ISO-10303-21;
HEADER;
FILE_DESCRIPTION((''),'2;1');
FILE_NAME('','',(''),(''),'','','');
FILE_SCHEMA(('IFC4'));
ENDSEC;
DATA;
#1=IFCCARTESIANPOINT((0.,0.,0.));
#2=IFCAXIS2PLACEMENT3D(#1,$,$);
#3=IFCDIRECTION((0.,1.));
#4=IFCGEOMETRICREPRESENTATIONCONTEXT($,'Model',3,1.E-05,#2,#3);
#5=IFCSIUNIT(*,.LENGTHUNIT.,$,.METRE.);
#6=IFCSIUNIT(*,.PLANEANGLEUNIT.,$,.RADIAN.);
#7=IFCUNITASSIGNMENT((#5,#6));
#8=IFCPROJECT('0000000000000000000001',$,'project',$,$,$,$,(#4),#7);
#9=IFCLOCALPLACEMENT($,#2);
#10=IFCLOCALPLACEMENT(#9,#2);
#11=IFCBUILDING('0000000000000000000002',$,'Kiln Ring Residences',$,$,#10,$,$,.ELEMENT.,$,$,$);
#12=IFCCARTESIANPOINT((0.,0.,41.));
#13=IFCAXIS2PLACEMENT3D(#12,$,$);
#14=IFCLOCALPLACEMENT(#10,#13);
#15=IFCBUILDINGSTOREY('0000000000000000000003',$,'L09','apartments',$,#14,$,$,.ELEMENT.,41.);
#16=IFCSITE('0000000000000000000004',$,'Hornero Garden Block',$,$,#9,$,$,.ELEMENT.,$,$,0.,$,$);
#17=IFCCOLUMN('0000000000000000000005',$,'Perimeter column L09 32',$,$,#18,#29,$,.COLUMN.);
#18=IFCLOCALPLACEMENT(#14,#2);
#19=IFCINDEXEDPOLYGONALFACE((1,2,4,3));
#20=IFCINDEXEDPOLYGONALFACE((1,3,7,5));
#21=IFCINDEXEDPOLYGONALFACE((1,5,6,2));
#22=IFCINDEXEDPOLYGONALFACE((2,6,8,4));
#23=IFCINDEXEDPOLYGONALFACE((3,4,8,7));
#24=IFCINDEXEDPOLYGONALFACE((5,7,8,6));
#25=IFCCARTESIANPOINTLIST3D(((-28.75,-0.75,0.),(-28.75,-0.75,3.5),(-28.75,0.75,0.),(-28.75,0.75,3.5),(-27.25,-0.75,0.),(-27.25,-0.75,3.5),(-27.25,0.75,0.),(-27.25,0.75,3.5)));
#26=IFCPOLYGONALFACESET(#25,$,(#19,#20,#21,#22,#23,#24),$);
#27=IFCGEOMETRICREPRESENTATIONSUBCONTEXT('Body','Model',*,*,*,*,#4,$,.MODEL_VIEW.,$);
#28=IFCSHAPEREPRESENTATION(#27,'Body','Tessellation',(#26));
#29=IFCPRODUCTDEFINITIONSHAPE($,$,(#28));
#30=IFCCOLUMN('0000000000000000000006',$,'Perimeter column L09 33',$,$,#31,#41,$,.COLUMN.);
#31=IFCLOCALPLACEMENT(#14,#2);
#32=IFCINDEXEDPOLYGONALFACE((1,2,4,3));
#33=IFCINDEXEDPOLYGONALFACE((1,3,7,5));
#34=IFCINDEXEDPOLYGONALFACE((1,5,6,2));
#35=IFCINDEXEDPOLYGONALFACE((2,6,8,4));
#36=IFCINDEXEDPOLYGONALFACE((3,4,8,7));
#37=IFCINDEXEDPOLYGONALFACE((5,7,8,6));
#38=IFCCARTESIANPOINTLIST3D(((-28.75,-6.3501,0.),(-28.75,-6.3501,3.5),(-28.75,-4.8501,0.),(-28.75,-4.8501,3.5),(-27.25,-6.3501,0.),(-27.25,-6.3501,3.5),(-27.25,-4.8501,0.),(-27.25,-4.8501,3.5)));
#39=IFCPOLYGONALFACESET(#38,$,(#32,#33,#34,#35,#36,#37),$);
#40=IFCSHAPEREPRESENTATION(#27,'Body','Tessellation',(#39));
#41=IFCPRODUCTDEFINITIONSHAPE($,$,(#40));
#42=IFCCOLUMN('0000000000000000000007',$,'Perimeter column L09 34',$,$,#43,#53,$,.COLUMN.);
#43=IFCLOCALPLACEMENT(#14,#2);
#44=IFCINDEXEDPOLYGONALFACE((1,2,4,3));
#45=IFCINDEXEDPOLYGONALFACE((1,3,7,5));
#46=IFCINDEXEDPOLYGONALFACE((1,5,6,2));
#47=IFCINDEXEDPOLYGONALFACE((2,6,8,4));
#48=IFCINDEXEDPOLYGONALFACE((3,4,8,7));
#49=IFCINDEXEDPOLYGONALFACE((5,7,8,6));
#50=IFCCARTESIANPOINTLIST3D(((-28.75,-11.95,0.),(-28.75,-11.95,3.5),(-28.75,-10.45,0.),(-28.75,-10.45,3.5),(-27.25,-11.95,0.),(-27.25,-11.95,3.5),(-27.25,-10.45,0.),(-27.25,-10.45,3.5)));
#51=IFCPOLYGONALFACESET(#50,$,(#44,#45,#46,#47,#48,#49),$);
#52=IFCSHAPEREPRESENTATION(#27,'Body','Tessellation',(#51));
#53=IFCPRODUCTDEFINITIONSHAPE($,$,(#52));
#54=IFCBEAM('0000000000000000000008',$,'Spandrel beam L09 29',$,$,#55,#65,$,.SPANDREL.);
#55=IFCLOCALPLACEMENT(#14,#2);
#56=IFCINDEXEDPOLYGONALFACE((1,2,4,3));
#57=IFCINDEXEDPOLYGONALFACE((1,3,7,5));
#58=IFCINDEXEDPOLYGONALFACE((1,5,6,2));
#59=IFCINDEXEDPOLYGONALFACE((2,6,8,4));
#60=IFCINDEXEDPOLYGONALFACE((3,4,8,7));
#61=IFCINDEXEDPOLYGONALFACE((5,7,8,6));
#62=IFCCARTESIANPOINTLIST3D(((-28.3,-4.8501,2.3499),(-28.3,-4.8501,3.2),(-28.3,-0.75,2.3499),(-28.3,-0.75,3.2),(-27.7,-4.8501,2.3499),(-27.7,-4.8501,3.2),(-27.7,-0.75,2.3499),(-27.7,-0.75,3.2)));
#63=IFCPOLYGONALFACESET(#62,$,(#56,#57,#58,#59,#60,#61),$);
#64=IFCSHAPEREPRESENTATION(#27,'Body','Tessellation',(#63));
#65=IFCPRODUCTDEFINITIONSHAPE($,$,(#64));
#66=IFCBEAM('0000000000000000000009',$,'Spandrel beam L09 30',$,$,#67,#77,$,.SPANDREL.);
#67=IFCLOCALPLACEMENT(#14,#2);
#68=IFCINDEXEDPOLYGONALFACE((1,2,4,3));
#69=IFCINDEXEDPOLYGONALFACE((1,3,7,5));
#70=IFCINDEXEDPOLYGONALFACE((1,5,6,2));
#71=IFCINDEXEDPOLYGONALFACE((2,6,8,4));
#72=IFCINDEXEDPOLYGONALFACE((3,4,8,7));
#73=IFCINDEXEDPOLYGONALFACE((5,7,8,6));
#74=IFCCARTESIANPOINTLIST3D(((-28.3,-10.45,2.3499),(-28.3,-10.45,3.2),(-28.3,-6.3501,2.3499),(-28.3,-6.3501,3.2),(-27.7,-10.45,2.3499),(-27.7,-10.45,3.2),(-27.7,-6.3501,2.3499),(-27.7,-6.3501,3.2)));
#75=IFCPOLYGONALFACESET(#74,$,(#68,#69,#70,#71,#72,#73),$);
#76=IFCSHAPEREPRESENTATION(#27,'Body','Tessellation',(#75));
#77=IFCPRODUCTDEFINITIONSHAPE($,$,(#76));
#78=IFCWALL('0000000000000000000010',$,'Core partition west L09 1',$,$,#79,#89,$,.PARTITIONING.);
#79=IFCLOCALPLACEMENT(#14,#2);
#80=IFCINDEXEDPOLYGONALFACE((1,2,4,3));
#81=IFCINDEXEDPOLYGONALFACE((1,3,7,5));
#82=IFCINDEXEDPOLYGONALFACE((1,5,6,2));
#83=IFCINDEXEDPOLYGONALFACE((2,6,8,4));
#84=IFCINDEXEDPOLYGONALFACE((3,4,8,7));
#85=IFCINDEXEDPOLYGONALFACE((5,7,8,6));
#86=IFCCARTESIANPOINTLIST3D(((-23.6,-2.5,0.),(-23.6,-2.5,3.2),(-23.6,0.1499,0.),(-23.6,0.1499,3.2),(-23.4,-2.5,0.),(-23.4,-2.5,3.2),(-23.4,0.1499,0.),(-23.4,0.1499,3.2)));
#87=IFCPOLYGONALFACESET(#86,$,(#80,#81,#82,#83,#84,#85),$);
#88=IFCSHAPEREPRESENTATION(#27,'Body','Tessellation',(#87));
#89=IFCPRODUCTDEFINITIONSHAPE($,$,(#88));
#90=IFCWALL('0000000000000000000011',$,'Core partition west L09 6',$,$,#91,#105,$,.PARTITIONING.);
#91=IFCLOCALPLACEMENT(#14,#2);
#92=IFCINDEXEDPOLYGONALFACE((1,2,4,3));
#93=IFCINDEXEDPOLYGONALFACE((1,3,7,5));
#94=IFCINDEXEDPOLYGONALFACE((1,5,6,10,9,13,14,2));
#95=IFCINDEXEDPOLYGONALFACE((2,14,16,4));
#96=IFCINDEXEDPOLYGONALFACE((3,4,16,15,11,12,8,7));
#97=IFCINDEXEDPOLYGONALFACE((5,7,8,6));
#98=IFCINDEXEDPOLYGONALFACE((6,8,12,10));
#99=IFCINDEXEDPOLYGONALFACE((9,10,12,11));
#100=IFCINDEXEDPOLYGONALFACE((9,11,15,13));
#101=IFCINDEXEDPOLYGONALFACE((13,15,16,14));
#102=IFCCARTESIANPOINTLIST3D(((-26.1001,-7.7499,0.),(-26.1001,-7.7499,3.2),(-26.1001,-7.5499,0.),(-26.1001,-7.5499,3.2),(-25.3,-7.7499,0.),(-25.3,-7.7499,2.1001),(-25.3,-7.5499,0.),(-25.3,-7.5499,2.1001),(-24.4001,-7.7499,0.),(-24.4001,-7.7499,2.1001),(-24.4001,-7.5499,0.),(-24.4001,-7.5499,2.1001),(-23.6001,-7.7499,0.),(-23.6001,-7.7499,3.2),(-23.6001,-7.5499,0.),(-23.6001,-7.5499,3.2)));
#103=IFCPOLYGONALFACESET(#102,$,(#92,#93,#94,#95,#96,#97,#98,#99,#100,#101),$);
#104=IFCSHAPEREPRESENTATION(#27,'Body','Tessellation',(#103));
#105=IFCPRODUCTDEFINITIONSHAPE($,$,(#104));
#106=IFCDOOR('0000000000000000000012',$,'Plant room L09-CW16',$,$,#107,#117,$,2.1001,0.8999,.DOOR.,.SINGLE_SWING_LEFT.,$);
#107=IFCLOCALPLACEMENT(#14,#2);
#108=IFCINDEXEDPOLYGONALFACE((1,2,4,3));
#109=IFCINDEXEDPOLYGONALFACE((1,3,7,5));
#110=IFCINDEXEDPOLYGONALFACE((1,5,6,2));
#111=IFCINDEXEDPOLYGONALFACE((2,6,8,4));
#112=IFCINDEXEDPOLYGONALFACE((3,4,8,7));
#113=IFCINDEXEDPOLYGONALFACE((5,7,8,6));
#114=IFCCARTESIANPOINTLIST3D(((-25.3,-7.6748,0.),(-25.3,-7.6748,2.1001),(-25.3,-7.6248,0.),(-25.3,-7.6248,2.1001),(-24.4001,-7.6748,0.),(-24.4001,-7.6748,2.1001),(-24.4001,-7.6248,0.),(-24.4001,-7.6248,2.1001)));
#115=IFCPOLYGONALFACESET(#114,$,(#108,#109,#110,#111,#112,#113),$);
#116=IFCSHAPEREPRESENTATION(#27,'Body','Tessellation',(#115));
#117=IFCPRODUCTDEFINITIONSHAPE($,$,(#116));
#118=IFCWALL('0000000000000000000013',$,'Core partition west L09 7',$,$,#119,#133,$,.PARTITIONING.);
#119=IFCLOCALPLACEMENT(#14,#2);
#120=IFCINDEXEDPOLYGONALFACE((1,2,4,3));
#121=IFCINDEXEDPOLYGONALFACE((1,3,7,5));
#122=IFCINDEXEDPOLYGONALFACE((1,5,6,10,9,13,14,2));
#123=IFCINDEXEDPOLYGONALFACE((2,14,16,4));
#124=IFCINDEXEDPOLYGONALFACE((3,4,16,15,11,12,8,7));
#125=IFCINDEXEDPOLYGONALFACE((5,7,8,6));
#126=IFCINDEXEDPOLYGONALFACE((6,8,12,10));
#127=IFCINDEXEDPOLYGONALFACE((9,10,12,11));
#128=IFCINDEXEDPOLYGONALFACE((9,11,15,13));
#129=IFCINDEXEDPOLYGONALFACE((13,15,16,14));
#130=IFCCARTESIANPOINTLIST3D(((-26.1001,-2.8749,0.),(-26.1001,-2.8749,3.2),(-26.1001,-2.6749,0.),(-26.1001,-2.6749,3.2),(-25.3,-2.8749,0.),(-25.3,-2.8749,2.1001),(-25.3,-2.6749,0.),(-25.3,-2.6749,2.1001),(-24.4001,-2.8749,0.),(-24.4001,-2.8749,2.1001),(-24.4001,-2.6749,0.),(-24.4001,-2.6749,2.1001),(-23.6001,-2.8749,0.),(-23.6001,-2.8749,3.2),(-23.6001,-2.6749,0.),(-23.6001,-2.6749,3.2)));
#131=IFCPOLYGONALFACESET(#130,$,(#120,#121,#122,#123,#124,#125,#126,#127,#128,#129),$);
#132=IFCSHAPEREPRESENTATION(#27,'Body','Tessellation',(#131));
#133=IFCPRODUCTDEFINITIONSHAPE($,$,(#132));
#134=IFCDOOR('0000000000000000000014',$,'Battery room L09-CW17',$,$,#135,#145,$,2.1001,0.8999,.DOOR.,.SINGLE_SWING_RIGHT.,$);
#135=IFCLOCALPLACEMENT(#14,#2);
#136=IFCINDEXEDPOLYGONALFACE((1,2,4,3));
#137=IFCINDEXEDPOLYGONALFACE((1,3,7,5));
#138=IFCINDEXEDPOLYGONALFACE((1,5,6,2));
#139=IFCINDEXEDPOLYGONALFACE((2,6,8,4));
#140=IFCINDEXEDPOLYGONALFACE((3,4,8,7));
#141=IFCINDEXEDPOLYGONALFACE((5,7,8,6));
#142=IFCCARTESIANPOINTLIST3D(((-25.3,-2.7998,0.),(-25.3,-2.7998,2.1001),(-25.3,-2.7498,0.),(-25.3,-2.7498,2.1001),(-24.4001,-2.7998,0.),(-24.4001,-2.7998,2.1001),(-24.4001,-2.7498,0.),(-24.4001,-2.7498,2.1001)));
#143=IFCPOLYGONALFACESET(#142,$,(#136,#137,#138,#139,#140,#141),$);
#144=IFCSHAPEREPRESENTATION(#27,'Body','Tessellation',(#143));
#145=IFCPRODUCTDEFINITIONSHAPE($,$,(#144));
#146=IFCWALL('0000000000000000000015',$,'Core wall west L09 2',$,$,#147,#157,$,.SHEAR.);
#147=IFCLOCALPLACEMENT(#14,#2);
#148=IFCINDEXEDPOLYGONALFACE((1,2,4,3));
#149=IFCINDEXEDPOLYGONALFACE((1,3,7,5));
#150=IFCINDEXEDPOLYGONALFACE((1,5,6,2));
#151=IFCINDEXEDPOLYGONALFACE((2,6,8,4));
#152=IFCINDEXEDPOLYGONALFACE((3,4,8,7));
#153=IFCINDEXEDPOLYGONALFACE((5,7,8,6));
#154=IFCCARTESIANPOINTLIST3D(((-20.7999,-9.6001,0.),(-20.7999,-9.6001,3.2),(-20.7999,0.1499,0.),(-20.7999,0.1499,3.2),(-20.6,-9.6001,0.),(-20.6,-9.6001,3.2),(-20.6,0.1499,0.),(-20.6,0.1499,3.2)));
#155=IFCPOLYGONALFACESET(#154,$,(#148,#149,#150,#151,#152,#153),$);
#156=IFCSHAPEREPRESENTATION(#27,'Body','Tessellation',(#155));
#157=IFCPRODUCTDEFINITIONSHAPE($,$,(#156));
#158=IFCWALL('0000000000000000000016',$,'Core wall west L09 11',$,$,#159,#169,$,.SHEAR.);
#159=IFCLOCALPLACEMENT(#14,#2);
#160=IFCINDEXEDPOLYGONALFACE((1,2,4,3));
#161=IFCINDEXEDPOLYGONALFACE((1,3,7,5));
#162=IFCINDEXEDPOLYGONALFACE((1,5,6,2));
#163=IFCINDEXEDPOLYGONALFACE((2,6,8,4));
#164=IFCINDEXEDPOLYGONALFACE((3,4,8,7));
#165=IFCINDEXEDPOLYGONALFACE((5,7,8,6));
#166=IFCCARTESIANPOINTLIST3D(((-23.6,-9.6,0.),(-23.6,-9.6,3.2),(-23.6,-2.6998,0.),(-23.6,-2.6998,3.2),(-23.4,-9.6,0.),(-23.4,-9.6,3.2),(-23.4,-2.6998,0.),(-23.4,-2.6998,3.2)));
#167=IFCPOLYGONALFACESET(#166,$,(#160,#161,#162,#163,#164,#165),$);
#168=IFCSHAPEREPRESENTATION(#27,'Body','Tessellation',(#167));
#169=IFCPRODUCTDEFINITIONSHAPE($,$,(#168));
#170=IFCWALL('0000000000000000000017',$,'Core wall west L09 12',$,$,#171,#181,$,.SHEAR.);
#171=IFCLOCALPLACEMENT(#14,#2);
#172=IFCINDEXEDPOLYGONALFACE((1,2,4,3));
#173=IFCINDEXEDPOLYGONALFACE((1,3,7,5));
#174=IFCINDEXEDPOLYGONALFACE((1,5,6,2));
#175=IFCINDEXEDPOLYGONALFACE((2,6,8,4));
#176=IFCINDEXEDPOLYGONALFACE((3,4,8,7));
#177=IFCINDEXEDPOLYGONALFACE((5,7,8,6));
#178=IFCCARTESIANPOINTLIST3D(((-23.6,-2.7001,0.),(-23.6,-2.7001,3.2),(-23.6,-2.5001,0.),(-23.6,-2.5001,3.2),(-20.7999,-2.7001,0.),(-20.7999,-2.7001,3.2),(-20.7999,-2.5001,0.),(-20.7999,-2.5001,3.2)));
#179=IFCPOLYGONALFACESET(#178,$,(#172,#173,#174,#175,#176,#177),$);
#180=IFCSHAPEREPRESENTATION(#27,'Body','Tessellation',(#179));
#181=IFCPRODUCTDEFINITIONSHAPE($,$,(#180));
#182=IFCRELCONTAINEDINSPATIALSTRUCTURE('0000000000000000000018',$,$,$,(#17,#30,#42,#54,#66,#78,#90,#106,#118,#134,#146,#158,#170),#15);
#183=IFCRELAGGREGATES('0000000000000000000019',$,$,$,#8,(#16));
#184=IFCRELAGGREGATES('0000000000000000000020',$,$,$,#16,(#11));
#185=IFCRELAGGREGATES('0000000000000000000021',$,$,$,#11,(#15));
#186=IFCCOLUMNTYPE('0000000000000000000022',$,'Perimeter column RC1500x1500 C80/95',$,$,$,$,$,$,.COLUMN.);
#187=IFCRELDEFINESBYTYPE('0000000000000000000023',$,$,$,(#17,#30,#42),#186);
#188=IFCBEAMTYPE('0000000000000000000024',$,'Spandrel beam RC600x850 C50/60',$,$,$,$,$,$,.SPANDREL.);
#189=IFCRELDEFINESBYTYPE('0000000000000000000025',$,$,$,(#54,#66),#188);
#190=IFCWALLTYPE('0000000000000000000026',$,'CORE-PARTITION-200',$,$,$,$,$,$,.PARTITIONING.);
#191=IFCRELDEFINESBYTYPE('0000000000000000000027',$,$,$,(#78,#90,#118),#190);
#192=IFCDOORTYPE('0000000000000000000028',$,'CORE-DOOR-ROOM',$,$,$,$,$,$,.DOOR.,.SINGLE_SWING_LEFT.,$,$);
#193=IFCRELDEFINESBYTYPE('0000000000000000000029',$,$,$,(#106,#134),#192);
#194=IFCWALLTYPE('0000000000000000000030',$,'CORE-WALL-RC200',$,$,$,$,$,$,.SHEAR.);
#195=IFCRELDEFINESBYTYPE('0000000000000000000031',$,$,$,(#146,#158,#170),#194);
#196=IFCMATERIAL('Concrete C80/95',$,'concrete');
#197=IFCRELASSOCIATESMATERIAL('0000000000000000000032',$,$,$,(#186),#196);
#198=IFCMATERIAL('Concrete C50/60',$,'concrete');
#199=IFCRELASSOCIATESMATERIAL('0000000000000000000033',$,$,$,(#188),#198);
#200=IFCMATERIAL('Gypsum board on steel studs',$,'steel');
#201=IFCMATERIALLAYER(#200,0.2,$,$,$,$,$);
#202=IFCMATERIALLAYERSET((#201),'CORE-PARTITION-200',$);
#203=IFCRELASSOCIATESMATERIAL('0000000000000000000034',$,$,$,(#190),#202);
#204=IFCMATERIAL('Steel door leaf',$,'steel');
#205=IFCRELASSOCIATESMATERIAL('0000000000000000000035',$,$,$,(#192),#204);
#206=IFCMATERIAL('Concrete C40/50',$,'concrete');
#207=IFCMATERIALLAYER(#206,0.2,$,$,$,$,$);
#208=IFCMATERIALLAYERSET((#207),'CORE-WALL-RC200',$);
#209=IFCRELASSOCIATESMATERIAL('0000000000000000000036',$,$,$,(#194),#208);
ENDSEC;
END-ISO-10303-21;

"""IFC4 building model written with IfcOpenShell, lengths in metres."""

from ifc_helpers import new_model, si_unit, direction, frame, frame_2d, origin, origin_2d, place, context, subcontext, project, spatial, rectangle, extrude, material, layer, layer_set, material_profile, profile_set, type_object, element, fill, save


model = new_model("IFC4")

# Units and contexts
model_context = context("Model", 3, precision=1e-05, world=origin(), true_north=direction((0.0, 1.0)))
body_context = subcontext(model_context, "Body", "Model", "MODEL_VIEW")
ifc_project = project(units=[si_unit("LENGTHUNIT", "METRE"), si_unit("PLANEANGLEUNIT", "RADIAN")], contexts=[model_context])

# Site, building, storey
site_placement = place(None, origin())
site = spatial("IfcSite", under=ifc_project, at=site_placement, Name="Hornero Garden Block", CompositionType="ELEMENT", RefElevation=0.0)
building_placement = place(site_placement, origin())
building = spatial("IfcBuilding", under=site, at=building_placement, Name="Kiln Ring Residences", CompositionType="ELEMENT")
storey_placement = place(building_placement, frame((0.0, 0.0, 41.0)))
storey = spatial("IfcBuildingStorey", under=building, at=storey_placement, Name="L09", Description="apartments", CompositionType="ELEMENT", Elevation=41.0)

# Columns
ifc_material_1 = material(Name="Concrete C80/95", Category="concrete")
ifc_material_profile_1 = material_profile(ifc_material_1, rectangle(XDim=1.5, YDim=1.5, at=origin_2d()), Name="RC1500x1500")
ifc_profile_set_1 = profile_set([ifc_material_profile_1], Name="Concrete C80/95")
column_type = type_object("IfcColumnType", Name="Perimeter column RC1500x1500 C80/95", PredefinedType="COLUMN", material=ifc_profile_set_1)
for number, where, z_axis, x_axis, name in (
    (1, (-28.0, 0.0, 0.0), (0.0, 0.0, 1.0), (1.0, 0.0, 0.0), "Perimeter column L09 32"),
    (2, (-28.0, -5.6001, 0.0), (0.0, 0.0, 1.0), (1.0, 0.0, 0.0), "Perimeter column L09 33"),
    (3, (-28.0, -11.2, 0.0), (0.0, 0.0, 1.0), (1.0, 0.0, 0.0), "Perimeter column L09 34"),
):
    element("IfcColumn", number, at=place(storey_placement, frame(where, z_axis=z_axis, x_axis=x_axis)), inside=storey, type_object=column_type, Name=name, PredefinedType="COLUMN", context=body_context, shape_type="SweptSolid", body=[
        extrude(rectangle(XDim=1.5, YDim=1.5, at=origin_2d()), origin(), (0.0, 0.0, 1.0), 3.5),
    ])

# Beams
ifc_material_2 = material(Name="Concrete C50/60", Category="concrete")
ifc_material_profile_2 = material_profile(ifc_material_2, rectangle(XDim=0.6001, YDim=0.8501, at=origin_2d()), Name="RC600x850")
ifc_profile_set_2 = profile_set([ifc_material_profile_2], Name="Concrete C50/60")
beam_type = type_object("IfcBeamType", Name="Spandrel beam RC600x850 C50/60", PredefinedType="SPANDREL", material=ifc_profile_set_2)
beam_1_placement = place(storey_placement, frame((-28.0, -0.75, 2.7749), z_axis=(0.0, -1.0, 0.0), x_axis=(1.0, 0.0, 0.0)))
element("IfcBeam", 4, at=beam_1_placement, inside=storey, type_object=beam_type, Name="Spandrel beam L09 29", PredefinedType="SPANDREL", context=body_context, shape_type="SweptSolid", body=[
    extrude(rectangle(XDim=0.6001, YDim=0.8501, at=origin_2d()), origin(), (0.0, 0.0, 1.0), 4.1001),
])
beam_2_placement = place(storey_placement, frame((-28.0, -6.3501, 2.7749), z_axis=(0.0, -1.0, 0.0), x_axis=(1.0, 0.0, 0.0)))
element("IfcBeam", 5, at=beam_2_placement, inside=storey, type_object=beam_type, Name="Spandrel beam L09 30", PredefinedType="SPANDREL", context=body_context, shape_type="SweptSolid", body=[
    extrude(rectangle(XDim=0.6001, YDim=0.8501, at=origin_2d()), origin(), (0.0, 0.0, 1.0), 4.0999),
])

# Wall
ifc_material_3 = material(Name="Gypsum board on steel studs", Category="steel")
ifc_layer_1 = layer(ifc_material_3, 0.2)
ifc_layer_set_1 = layer_set([ifc_layer_1], Name="CORE-PARTITION-200")
wall_type_1 = type_object("IfcWallType", Name="CORE-PARTITION-200", PredefinedType="PARTITIONING", material=ifc_layer_set_1)
wall_1_placement = place(storey_placement, frame((-23.5, -2.5, 0.0), z_axis=(0.0, 0.0, 1.0), x_axis=(0.0, 1.0, 0.0)))
element("IfcWall", 6, at=wall_1_placement, inside=storey, type_object=wall_type_1, Name="Core partition west L09 1", PredefinedType="PARTITIONING", context=body_context, shape_type="SweptSolid", body=[
    extrude(rectangle(XDim=2.6499, YDim=0.2, at=frame_2d((1.325, 0.0))), origin(), (0.0, 0.0, 1.0), 3.2),
])

# Walls, openings, doors
wall_2_placement = place(storey_placement, frame((-23.6001, -7.6499, 0.0), z_axis=(0.0, 0.0, 1.0), x_axis=(-1.0, 0.0, 0.0)))
wall_2 = element("IfcWall", 7, at=wall_2_placement, inside=storey, type_object=wall_type_1, Name="Core partition west L09 6", PredefinedType="PARTITIONING", context=body_context, shape_type="SweptSolid", body=[
    extrude(rectangle(XDim=2.5, YDim=0.2, at=frame_2d((1.25, 0.0))), origin(), (0.0, 0.0, 1.0), 3.2),
])
opening_1_placement = place(wall_2_placement, frame((0.8, 0.0, 0.0)))
opening_1 = element("IfcOpeningElement", 8, at=opening_1_placement, cuts=wall_2, PredefinedType="OPENING", context=body_context, shape_type="SweptSolid", body=[
    extrude(rectangle(XDim=0.8999, YDim=2.1001, at=frame_2d((0.45, 1.05))), frame((0.0, 0.1099, 0.0), z_axis=(0.0, -1.0, 0.0), x_axis=(1.0, 0.0, 0.0)), (0.0, 0.0, 1.0), 0.22),
])
ifc_material_4 = material(Name="Steel door leaf", Category="steel")
door_type = type_object("IfcDoorType", Name="CORE-DOOR-ROOM", OperationType="SINGLE_SWING_LEFT", PredefinedType="DOOR", material=ifc_material_4)
door_1_placement = place(opening_1_placement, origin())
door_1 = element("IfcDoor", 9, at=door_1_placement, inside=storey, type_object=door_type, Name="Plant room L09-CW16", OperationType="SINGLE_SWING_LEFT", OverallHeight=2.1001, OverallWidth=0.8999, PredefinedType="DOOR", context=body_context, shape_type="SweptSolid", body=[
    extrude(rectangle(XDim=0.8999, YDim=2.1001, at=frame_2d((0.45, 1.05))), frame((0.0, 0.0249, 0.0), z_axis=(0.0, -1.0, 0.0), x_axis=(1.0, 0.0, 0.0)), (0.0, 0.0, 1.0), 0.05),
])
fill(opening_1, door_1)
wall_3_placement = place(storey_placement, frame((-23.6001, -2.7749, 0.0), z_axis=(0.0, 0.0, 1.0), x_axis=(-1.0, 0.0, 0.0)))
wall_3 = element("IfcWall", 10, at=wall_3_placement, inside=storey, type_object=wall_type_1, Name="Core partition west L09 7", PredefinedType="PARTITIONING", context=body_context, shape_type="SweptSolid", body=[
    extrude(rectangle(XDim=2.5, YDim=0.2, at=frame_2d((1.25, 0.0))), origin(), (0.0, 0.0, 1.0), 3.2),
])
opening_2_placement = place(wall_3_placement, frame((0.8, 0.0, 0.0)))
opening_2 = element("IfcOpeningElement", 11, at=opening_2_placement, cuts=wall_3, PredefinedType="OPENING", context=body_context, shape_type="SweptSolid", body=[
    extrude(rectangle(XDim=0.8999, YDim=2.1001, at=frame_2d((0.45, 1.05))), frame((0.0, 0.1099, 0.0), z_axis=(0.0, -1.0, 0.0), x_axis=(1.0, 0.0, 0.0)), (0.0, 0.0, 1.0), 0.22),
])
door_2_placement = place(opening_2_placement, origin())
door_2 = element("IfcDoor", 12, at=door_2_placement, inside=storey, type_object=door_type, Name="Battery room L09-CW17", OperationType="SINGLE_SWING_RIGHT", OverallHeight=2.1001, OverallWidth=0.8999, PredefinedType="DOOR", context=body_context, shape_type="SweptSolid", body=[
    extrude(rectangle(XDim=0.8999, YDim=2.1001, at=frame_2d((0.45, 1.05))), frame((0.0, 0.0249, 0.0), z_axis=(0.0, -1.0, 0.0), x_axis=(1.0, 0.0, 0.0)), (0.0, 0.0, 1.0), 0.05),
])
fill(opening_2, door_2)

# Walls
ifc_material_5 = material(Name="Concrete C40/50", Category="concrete")
ifc_layer_2 = layer(ifc_material_5, 0.2)
ifc_layer_set_2 = layer_set([ifc_layer_2], Name="CORE-WALL-RC200")
wall_type_2 = type_object("IfcWallType", Name="CORE-WALL-RC200", PredefinedType="SHEAR", material=ifc_layer_set_2)
wall_4_placement = place(storey_placement, frame((-20.7, -9.6001, 0.0), z_axis=(0.0, 0.0, 1.0), x_axis=(0.0, 1.0, 0.0)))
element("IfcWall", 13, at=wall_4_placement, inside=storey, type_object=wall_type_2, Name="Core wall west L09 2", PredefinedType="SHEAR", context=body_context, shape_type="SweptSolid", body=[
    extrude(rectangle(XDim=9.75, YDim=0.2, at=frame_2d((4.875, 0.0))), origin(), (0.0, 0.0, 1.0), 3.2),
])
wall_5_placement = place(storey_placement, frame((-23.5, -9.6001, 0.0), z_axis=(0.0, 0.0, 1.0), x_axis=(0.0, 1.0, 0.0)))
element("IfcWall", 14, at=wall_5_placement, inside=storey, type_object=wall_type_2, Name="Core wall west L09 11", PredefinedType="SHEAR", context=body_context, shape_type="SweptSolid", body=[
    extrude(rectangle(XDim=6.9001, YDim=0.2, at=frame_2d((3.4502, 0.0))), origin(), (0.0, 0.0, 1.0), 3.2),
])
wall_6_placement = place(storey_placement, frame((-20.8, -2.6001, 0.0), z_axis=(0.0, 0.0, 1.0), x_axis=(-1.0, 0.0, 0.0)))
element("IfcWall", 15, at=wall_6_placement, inside=storey, type_object=wall_type_2, Name="Core wall west L09 12", PredefinedType="SHEAR", context=body_context, shape_type="SweptSolid", body=[
    extrude(rectangle(XDim=2.8, YDim=0.2, at=frame_2d((1.3999, 0.0))), origin(), (0.0, 0.0, 1.0), 3.2),
])

save(model, "model.ifc")
